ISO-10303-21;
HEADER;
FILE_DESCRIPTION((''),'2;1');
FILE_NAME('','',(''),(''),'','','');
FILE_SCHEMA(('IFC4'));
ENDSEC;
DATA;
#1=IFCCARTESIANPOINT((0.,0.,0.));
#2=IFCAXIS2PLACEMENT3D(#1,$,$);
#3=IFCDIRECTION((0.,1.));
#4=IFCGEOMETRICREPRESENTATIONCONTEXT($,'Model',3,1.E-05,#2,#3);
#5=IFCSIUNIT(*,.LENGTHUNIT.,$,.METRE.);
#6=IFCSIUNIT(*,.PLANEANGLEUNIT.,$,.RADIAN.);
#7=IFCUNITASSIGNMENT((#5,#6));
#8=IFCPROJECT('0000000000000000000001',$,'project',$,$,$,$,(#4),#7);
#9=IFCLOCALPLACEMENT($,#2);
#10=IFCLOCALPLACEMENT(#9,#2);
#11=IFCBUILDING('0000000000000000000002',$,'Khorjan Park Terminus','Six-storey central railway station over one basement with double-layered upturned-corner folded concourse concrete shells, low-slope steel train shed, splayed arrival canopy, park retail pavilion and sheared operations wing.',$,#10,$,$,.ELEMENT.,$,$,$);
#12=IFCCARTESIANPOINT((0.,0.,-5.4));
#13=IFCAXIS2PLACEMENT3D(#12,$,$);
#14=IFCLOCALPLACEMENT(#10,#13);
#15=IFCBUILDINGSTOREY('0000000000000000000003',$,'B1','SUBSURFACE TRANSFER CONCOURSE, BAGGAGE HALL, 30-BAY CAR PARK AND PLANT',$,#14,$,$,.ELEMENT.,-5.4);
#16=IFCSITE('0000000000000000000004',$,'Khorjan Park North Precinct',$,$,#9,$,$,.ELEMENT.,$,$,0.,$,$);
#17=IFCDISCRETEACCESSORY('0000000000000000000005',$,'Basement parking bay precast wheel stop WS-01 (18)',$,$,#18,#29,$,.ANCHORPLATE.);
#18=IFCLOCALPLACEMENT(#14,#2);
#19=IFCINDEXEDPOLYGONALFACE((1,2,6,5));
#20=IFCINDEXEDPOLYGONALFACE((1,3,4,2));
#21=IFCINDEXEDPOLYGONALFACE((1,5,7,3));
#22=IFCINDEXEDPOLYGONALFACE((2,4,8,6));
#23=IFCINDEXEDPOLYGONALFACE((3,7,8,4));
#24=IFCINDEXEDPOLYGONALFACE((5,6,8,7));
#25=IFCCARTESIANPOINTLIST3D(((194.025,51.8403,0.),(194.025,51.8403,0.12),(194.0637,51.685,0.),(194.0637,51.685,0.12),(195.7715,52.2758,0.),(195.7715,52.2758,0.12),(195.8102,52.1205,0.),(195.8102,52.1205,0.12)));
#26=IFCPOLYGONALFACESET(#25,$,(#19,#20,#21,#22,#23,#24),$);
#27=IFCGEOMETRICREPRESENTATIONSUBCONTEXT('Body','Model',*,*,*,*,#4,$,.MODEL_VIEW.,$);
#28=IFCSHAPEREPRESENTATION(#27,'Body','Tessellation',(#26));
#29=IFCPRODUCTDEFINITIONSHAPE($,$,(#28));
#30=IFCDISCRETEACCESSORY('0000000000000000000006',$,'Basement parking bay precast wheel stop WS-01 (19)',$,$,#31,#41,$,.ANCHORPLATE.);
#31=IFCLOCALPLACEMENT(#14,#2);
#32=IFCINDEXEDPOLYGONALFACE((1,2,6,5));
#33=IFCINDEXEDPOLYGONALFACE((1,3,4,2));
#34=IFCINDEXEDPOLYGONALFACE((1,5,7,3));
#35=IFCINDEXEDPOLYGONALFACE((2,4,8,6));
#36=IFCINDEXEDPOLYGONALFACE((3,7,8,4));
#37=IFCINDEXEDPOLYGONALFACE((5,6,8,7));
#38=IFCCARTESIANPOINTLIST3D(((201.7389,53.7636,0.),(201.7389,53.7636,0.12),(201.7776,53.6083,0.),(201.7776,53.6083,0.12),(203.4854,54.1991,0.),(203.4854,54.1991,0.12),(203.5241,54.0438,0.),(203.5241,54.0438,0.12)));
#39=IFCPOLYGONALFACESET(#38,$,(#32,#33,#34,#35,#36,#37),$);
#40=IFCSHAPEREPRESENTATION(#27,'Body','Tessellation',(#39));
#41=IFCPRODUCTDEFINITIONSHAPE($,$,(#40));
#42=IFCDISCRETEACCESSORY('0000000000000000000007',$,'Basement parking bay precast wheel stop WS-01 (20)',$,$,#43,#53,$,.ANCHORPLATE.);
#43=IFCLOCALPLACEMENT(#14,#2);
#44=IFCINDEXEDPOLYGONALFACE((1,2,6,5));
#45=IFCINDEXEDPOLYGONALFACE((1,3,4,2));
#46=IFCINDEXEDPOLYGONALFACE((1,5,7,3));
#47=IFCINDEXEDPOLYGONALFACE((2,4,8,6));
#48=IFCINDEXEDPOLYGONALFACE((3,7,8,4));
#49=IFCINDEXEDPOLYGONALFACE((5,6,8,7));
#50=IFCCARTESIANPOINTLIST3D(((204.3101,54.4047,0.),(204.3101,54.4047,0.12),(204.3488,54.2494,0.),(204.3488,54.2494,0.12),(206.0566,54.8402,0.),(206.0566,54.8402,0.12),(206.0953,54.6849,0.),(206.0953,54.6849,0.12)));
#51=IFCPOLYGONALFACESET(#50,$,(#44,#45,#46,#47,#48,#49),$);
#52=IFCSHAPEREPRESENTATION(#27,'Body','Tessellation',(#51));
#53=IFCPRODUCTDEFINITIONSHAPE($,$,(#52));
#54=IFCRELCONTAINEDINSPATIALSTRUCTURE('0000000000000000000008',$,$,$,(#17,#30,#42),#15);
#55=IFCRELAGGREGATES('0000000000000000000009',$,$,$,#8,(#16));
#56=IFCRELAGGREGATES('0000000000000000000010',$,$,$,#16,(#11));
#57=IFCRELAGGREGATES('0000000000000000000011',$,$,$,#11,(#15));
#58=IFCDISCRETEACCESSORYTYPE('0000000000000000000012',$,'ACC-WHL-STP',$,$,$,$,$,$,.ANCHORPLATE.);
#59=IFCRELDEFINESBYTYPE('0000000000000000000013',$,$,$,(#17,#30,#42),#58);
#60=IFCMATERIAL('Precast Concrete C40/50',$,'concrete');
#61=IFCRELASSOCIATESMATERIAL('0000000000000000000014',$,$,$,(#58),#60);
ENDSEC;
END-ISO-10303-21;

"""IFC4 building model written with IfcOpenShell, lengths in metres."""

from ifc_helpers import new_model, si_unit, direction, frame, origin, origin_2d, place, context, subcontext, project, spatial, rectangle, extrude, material, type_object, element, save


model = new_model("IFC4")

# Units and contexts
model_context = context("Model", 3, precision=1e-05, world=origin(), true_north=direction((0.0, 1.0)))
body_context = subcontext(model_context, "Body", "Model", "MODEL_VIEW")
ifc_project = project(units=[si_unit("LENGTHUNIT", "METRE"), si_unit("PLANEANGLEUNIT", "RADIAN")], contexts=[model_context])

# Site, building, storey
site_placement = place(None, origin())
site = spatial("IfcSite", under=ifc_project, at=site_placement, Name="Khorjan Park North Precinct", CompositionType="ELEMENT", RefElevation=0.0)
building_placement = place(site_placement, origin())
building = spatial("IfcBuilding", under=site, at=building_placement, Name="Khorjan Park Terminus", Description="Six-storey central railway station over one basement with double-layered upturned-corner folded concourse concrete shells, low-slope steel train shed, splayed arrival canopy, park retail pavilion and sheared operations wing.", CompositionType="ELEMENT")
storey_placement = place(building_placement, frame((0.0, 0.0, -5.4)))
storey = spatial("IfcBuildingStorey", under=building, at=storey_placement, Name="B1", Description="SUBSURFACE TRANSFER CONCOURSE, BAGGAGE HALL, 30-BAY CAR PARK AND PLANT", CompositionType="ELEMENT", Elevation=-5.4)

# Discrete accessories
ifc_material_1 = material(Name="Precast Concrete C40/50", Category="concrete")
discrete_accessory_type = type_object("IfcDiscreteAccessoryType", Name="ACC-WHL-STP", PredefinedType="ANCHORPLATE", material=ifc_material_1)
for number, where, z_axis, x_axis, name in (
    (1, (194.9176, 51.9804, 0.0), (0.0, 0.0, 1.0), (0.970296, 0.241922, 0.0), "Basement parking bay precast wheel stop WS-01 (18)"),
    (2, (202.6315, 53.9037, 0.0), (0.0, 0.0, 1.0), (0.970296, 0.241922, 0.0), "Basement parking bay precast wheel stop WS-01 (19)"),
    (3, (205.2027, 54.5448, 0.0), (0.0, 0.0, 1.0), (0.970296, 0.241922, 0.0), "Basement parking bay precast wheel stop WS-01 (20)"),
):
    element("IfcDiscreteAccessory", number, at=place(storey_placement, frame(where, z_axis=z_axis, x_axis=x_axis)), inside=storey, type_object=discrete_accessory_type, Name=name, PredefinedType="ANCHORPLATE", context=body_context, shape_type="SweptSolid", body=[
        extrude(rectangle(XDim=1.8, YDim=0.16, at=origin_2d()), origin(), (0.0, 0.0, 1.0), 0.12),
    ])

save(model, "model.ifc")
